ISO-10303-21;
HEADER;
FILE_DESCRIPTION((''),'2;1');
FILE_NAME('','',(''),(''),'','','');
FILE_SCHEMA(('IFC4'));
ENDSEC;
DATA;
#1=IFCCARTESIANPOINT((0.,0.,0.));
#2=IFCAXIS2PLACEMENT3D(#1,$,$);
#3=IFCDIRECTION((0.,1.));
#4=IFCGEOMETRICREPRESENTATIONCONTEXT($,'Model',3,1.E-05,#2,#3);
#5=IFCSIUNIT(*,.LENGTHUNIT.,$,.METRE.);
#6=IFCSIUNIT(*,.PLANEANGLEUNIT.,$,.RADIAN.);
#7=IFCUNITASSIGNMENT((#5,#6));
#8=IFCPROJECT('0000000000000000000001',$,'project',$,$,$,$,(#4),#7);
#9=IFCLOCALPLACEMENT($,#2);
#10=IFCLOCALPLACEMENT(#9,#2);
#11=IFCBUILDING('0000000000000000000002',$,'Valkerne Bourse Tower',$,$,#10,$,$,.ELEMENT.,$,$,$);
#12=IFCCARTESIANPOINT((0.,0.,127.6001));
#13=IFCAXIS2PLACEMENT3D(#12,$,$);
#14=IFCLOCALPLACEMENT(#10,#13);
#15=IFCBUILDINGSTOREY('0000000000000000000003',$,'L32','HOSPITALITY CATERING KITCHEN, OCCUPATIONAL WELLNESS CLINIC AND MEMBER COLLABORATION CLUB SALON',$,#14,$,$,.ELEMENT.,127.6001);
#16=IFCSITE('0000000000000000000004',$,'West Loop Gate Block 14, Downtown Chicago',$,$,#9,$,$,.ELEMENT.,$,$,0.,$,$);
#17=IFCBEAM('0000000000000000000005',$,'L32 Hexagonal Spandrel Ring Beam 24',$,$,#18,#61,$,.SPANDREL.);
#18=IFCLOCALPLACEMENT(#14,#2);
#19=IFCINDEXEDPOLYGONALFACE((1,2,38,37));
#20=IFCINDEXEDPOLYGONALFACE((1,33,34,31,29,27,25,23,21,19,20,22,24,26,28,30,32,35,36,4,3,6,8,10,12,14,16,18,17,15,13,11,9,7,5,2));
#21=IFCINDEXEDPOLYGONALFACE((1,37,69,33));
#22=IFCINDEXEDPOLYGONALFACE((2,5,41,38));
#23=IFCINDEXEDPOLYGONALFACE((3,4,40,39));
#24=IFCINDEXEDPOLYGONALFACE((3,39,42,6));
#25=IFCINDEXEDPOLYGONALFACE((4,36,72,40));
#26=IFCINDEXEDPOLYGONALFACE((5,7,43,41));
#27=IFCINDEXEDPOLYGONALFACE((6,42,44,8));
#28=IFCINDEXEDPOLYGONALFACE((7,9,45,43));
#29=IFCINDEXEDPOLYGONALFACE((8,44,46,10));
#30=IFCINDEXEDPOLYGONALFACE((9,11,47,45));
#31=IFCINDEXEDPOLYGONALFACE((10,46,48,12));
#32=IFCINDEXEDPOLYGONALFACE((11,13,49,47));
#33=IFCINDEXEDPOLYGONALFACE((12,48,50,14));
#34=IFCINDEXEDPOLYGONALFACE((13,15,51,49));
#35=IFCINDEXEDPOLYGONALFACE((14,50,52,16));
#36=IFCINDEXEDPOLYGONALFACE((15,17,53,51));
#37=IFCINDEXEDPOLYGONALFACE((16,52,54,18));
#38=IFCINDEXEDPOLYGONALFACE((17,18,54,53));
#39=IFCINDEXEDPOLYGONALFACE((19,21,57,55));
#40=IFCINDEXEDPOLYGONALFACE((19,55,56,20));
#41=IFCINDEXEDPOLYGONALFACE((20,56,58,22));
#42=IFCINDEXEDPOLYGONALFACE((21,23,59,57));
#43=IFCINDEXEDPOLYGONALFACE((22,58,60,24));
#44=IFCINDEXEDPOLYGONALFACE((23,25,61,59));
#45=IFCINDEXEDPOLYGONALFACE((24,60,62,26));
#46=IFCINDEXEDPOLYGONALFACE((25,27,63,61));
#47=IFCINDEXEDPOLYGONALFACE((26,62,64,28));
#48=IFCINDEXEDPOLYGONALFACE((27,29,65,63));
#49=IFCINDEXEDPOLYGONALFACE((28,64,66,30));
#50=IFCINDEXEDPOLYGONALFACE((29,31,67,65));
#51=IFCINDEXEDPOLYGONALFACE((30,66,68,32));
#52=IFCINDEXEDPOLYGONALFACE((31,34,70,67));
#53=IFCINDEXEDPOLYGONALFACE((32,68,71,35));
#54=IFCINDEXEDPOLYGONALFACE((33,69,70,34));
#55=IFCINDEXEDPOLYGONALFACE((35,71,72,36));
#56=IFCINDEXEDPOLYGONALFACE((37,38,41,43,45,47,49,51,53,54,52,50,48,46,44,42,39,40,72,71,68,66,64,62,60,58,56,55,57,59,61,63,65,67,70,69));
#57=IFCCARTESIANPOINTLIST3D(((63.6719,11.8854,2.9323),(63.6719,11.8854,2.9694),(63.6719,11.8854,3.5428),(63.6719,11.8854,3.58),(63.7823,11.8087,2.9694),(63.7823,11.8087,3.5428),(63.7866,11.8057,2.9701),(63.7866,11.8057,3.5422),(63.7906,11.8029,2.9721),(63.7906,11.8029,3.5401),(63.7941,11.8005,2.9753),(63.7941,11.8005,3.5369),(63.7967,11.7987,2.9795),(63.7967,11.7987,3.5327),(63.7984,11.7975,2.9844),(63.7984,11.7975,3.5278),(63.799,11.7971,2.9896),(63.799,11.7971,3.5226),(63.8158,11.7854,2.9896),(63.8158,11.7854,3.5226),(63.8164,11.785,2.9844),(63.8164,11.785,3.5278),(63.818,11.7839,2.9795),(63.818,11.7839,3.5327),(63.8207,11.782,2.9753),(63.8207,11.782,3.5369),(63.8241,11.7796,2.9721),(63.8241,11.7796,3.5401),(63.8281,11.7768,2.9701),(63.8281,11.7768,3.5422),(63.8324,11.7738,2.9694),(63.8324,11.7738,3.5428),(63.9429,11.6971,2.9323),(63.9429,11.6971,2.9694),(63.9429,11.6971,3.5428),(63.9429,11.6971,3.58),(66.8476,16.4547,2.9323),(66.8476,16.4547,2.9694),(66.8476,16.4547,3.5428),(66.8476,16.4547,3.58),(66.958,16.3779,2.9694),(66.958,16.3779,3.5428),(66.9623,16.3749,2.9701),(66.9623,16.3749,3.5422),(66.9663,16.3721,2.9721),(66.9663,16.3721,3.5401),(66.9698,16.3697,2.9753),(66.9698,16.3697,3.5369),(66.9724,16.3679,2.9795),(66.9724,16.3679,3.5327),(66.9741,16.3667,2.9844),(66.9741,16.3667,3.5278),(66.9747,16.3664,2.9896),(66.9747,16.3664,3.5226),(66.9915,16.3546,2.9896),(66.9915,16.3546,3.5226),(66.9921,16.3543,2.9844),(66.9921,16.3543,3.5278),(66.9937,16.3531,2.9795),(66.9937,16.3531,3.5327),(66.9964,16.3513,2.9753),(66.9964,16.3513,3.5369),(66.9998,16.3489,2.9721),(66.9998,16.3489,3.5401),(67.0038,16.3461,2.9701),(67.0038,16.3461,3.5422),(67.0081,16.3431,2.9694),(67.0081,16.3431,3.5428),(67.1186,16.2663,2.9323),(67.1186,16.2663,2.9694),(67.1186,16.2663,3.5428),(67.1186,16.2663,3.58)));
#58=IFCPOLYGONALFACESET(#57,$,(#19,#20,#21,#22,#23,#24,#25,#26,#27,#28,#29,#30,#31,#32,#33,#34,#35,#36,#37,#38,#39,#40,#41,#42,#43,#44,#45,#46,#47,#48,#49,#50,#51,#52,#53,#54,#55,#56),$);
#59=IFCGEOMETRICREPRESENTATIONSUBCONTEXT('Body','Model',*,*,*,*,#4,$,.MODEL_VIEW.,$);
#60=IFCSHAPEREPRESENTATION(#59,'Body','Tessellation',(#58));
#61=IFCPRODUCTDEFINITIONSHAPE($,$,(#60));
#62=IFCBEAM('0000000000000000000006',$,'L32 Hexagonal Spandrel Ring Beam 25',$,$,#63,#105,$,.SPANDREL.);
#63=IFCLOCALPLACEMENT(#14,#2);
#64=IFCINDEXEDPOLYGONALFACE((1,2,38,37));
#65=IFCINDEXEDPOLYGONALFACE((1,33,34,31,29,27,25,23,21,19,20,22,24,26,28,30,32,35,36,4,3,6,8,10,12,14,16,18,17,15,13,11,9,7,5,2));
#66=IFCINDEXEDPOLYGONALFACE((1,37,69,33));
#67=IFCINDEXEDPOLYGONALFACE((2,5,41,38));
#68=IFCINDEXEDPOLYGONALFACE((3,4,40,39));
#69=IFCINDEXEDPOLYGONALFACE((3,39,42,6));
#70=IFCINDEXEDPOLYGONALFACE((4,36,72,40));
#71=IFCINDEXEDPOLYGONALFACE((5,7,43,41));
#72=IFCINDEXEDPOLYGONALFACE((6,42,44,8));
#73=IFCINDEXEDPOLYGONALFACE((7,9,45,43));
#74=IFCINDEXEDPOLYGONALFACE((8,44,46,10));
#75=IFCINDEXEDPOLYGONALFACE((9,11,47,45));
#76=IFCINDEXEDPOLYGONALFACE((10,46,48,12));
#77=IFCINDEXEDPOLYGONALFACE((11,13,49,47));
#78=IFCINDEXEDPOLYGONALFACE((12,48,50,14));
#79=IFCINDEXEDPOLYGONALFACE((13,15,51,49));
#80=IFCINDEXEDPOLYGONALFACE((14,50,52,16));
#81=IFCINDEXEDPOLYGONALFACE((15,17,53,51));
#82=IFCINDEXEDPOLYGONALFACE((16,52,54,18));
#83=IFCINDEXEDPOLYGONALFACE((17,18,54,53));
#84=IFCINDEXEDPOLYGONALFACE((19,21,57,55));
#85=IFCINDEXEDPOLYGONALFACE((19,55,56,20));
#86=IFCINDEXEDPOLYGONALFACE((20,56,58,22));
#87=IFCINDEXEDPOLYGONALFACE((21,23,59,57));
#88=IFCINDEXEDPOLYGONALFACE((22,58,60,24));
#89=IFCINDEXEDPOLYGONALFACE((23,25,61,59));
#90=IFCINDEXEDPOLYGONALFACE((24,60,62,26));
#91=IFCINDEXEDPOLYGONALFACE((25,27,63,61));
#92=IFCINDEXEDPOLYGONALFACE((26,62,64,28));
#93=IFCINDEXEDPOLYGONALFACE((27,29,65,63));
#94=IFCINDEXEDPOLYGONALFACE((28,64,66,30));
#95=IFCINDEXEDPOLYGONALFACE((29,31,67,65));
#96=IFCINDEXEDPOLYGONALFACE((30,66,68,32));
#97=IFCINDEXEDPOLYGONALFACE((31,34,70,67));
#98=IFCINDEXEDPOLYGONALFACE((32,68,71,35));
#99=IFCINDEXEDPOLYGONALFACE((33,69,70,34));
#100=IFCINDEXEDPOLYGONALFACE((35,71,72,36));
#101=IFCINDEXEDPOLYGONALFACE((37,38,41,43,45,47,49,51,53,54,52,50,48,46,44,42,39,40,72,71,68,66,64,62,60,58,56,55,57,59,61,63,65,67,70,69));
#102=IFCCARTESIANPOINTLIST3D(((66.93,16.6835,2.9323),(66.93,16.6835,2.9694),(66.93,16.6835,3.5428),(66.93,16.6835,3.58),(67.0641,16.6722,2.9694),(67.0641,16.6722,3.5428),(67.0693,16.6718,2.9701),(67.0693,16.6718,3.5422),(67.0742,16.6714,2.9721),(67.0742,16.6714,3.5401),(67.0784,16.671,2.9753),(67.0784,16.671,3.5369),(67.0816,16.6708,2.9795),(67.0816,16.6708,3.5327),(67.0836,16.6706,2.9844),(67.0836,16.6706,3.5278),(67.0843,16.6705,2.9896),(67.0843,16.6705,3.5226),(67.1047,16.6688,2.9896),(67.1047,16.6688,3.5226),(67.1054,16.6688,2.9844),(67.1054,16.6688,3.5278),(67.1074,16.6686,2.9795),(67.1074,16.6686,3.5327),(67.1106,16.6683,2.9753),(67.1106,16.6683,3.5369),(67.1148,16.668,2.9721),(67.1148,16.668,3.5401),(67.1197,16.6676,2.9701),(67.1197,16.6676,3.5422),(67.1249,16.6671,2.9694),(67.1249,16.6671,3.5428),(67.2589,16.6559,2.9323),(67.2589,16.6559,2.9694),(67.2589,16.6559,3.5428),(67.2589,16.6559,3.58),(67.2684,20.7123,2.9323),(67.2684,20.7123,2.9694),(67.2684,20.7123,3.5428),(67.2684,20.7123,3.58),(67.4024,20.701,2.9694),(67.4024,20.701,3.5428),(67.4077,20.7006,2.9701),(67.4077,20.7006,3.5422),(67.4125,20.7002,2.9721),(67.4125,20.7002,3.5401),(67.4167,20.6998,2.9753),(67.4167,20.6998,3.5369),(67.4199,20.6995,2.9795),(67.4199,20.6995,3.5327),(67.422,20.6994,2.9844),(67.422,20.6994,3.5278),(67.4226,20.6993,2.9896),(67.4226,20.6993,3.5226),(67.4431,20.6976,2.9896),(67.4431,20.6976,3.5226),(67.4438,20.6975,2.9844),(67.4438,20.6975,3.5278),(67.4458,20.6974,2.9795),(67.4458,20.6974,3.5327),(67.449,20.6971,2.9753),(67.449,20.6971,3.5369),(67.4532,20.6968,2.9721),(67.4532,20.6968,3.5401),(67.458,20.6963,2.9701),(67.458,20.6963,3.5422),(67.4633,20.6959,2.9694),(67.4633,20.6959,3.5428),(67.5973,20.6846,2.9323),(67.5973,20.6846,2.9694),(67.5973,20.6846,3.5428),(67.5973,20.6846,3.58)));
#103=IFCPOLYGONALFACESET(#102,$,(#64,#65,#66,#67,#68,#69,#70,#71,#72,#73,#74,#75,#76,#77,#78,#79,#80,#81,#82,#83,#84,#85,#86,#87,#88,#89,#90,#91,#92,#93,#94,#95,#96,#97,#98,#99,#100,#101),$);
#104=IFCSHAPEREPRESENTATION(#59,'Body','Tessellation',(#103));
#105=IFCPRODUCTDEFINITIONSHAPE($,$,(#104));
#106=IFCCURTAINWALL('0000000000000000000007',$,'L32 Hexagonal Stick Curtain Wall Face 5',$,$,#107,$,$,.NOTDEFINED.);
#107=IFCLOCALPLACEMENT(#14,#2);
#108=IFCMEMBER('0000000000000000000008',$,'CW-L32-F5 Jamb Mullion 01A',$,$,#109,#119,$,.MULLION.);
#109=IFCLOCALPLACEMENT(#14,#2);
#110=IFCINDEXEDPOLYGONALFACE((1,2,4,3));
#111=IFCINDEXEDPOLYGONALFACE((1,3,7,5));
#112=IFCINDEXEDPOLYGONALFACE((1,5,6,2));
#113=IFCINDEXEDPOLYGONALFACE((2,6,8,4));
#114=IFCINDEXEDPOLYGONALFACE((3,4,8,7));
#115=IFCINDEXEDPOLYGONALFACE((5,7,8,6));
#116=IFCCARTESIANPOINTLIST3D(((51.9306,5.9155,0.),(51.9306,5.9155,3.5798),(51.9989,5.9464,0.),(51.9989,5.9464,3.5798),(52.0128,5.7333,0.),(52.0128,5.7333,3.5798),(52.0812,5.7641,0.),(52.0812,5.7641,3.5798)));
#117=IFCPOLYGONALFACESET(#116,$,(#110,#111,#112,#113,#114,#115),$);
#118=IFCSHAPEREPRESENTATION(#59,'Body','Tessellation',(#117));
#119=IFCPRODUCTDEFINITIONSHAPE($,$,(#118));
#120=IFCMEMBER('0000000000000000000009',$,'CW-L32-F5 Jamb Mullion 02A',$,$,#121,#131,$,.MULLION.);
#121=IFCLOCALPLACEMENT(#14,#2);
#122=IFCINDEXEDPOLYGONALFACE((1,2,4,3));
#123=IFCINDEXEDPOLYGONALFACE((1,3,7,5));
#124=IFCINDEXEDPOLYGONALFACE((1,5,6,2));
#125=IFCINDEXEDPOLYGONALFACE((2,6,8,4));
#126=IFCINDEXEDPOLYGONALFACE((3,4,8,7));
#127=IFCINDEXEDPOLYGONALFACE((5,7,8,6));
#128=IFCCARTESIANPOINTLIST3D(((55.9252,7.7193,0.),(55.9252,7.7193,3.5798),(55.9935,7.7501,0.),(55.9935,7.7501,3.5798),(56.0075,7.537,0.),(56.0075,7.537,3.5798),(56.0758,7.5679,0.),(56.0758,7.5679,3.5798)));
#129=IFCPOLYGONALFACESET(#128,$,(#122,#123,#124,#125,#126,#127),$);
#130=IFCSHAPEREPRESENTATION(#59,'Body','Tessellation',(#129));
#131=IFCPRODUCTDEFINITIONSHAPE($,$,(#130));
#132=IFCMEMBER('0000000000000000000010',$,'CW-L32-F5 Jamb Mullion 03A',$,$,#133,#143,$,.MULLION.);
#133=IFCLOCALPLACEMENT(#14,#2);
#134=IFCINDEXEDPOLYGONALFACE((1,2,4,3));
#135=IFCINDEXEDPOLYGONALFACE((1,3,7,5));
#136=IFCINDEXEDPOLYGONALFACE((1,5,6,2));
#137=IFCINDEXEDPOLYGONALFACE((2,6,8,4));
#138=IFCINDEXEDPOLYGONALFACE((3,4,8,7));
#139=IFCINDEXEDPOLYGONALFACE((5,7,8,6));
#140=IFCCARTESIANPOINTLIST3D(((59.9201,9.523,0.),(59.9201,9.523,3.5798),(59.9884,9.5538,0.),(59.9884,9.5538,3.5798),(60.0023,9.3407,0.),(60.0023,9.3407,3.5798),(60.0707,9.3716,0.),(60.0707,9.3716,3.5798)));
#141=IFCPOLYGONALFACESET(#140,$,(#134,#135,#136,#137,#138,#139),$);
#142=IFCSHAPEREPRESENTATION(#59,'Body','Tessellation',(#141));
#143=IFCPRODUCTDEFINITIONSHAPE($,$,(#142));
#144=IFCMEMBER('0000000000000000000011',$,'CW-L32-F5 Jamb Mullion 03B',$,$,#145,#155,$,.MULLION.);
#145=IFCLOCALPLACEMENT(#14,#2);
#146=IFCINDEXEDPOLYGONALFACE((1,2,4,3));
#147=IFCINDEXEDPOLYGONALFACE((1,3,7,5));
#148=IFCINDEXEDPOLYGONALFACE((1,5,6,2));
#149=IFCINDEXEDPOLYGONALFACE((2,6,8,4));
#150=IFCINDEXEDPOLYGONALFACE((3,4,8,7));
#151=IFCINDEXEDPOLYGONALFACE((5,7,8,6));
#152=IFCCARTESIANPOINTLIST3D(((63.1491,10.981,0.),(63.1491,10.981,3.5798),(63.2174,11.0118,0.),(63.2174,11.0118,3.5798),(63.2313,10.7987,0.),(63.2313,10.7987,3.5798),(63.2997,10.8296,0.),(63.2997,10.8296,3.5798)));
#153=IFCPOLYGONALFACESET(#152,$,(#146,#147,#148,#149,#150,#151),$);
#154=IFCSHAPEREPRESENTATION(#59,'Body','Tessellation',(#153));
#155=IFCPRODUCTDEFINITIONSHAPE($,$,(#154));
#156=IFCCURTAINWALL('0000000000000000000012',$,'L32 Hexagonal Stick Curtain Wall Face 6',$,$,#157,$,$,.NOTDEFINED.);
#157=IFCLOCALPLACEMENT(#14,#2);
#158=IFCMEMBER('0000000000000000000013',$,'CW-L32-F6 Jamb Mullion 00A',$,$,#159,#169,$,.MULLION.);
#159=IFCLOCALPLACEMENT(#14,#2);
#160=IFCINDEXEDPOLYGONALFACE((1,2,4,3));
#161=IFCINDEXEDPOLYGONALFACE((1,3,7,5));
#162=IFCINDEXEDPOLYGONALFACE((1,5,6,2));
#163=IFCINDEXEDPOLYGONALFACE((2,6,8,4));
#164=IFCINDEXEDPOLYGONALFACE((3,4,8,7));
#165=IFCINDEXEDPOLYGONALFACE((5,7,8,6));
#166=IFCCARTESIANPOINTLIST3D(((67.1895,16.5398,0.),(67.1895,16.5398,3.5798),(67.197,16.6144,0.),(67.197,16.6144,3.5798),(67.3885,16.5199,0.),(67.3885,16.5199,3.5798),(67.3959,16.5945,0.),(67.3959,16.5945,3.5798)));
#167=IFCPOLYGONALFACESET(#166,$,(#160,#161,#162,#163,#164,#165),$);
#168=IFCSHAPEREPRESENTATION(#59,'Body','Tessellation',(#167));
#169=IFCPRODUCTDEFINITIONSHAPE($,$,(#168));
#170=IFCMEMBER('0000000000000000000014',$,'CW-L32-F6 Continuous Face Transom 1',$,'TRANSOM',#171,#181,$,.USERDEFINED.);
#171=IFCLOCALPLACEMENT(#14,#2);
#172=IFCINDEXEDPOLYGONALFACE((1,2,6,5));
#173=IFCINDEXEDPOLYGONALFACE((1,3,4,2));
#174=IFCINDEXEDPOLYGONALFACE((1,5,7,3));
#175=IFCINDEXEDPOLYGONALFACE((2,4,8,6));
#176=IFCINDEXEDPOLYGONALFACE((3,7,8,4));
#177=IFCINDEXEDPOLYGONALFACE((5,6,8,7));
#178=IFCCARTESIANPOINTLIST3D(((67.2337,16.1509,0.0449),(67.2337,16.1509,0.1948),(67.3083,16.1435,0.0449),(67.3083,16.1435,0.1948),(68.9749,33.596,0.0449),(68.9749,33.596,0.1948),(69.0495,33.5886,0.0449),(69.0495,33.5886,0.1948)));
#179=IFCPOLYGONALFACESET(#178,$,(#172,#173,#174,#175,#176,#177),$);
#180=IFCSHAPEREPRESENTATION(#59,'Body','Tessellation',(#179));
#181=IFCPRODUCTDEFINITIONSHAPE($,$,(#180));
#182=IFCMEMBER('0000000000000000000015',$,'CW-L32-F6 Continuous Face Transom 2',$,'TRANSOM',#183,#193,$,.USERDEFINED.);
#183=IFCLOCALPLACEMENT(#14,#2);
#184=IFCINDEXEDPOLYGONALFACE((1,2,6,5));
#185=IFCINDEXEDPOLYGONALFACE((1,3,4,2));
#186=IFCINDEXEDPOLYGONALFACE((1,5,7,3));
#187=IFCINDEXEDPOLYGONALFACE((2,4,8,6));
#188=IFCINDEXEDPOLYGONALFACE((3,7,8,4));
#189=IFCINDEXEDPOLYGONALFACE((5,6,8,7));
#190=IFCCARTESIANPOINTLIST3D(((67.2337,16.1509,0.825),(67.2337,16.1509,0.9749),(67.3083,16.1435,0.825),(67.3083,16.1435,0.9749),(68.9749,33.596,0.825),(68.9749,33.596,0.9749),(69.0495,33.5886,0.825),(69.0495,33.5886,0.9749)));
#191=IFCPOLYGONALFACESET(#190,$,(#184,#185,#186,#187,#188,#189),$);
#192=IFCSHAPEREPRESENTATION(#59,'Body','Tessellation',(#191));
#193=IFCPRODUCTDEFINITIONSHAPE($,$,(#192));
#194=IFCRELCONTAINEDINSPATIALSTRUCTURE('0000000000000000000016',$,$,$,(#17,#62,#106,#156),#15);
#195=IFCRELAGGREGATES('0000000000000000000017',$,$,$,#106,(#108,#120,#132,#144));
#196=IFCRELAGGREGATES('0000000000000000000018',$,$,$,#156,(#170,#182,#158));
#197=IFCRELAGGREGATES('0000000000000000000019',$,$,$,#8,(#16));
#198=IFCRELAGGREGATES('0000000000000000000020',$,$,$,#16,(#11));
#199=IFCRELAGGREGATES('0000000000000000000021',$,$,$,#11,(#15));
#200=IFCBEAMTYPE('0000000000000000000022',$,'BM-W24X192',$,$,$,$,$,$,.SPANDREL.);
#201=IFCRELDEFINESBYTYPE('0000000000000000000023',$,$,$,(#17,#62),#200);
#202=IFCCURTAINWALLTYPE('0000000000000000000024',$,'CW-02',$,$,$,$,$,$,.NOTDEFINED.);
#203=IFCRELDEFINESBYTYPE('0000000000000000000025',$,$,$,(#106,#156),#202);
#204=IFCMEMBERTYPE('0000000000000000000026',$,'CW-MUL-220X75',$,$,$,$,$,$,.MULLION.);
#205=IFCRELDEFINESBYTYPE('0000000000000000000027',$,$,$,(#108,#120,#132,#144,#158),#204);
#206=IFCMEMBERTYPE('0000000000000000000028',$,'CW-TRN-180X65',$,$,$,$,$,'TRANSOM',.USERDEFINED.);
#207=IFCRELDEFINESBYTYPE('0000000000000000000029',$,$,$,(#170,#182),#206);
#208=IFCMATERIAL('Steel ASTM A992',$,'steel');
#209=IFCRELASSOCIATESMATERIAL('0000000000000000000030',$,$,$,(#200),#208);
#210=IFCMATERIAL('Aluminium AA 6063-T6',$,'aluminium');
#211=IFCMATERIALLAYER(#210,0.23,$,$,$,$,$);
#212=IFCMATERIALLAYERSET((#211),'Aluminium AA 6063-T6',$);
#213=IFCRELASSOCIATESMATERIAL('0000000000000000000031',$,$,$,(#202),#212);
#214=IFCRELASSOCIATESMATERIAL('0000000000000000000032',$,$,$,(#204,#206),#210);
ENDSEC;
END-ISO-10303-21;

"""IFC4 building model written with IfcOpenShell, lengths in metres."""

from ifc_helpers import new_model, si_unit, direction, frame, origin, origin_2d, place, context, subcontext, project, spatial, rectangle, i_section, extrude, material, layer, layer_set, material_profile, profile_set, type_object, element, aggregate, save


model = new_model("IFC4")

# Units and contexts
model_context = context("Model", 3, precision=1e-05, world=origin(), true_north=direction((0.0, 1.0)))
body_context = subcontext(model_context, "Body", "Model", "MODEL_VIEW")
ifc_project = project(units=[si_unit("LENGTHUNIT", "METRE"), si_unit("PLANEANGLEUNIT", "RADIAN")], contexts=[model_context])

# Site, building, storey
site_placement = place(None, origin())
site = spatial("IfcSite", under=ifc_project, at=site_placement, Name="West Loop Gate Block 14, Downtown Chicago", CompositionType="ELEMENT", RefElevation=0.0)
building_placement = place(site_placement, origin())
building = spatial("IfcBuilding", under=site, at=building_placement, Name="Valkerne Bourse Tower", CompositionType="ELEMENT")
storey_placement = place(building_placement, frame((0.0, 0.0, 127.6001)))
storey = spatial("IfcBuildingStorey", under=building, at=storey_placement, Name="L32", Description="HOSPITALITY CATERING KITCHEN, OCCUPATIONAL WELLNESS CLINIC AND MEMBER COLLABORATION CLUB SALON", CompositionType="ELEMENT", Elevation=127.6001)

# Beams
ifc_material_1 = material(Name="Steel ASTM A992", Category="steel")
ifc_material_profile_1 = material_profile(ifc_material_1, i_section(OverallWidth=0.3301, OverallDepth=0.6477, WebThickness=0.0205, FlangeThickness=0.0371, FilletRadius=0.0203, at=origin_2d()), Name="W24X192")
ifc_profile_set_1 = profile_set([ifc_material_profile_1], Name="Steel ASTM A992")
beam_type = type_object("IfcBeamType", Name="BM-W24X192", PredefinedType="SPANDREL", material=ifc_profile_set_1)
beam_1_placement = place(storey_placement, frame((63.8074, 11.7913, 3.2561), z_axis=(0.570715, 0.821148, 0.0), x_axis=(-0.821148, 0.570715, 0.0)))
element("IfcBeam", 1, at=beam_1_placement, inside=storey, type_object=beam_type, Name="L32 Hexagonal Spandrel Ring Beam 24", PredefinedType="SPANDREL", context=body_context, shape_type="SweptSolid", body=[
    extrude(i_section(OverallWidth=0.3301, OverallDepth=0.6477, WebThickness=0.0205, FlangeThickness=0.0371, FilletRadius=0.0203, at=origin_2d()), origin(), (0.0, 0.0, 1.0), 5.5645),
])
beam_2_placement = place(storey_placement, frame((67.0945, 16.6697, 3.2561), z_axis=(0.083695, 0.996491, 0.0), x_axis=(-0.996491, 0.083695, 0.0)))
element("IfcBeam", 2, at=beam_2_placement, inside=storey, type_object=beam_type, Name="L32 Hexagonal Spandrel Ring Beam 25", PredefinedType="SPANDREL", context=body_context, shape_type="SweptSolid", body=[
    extrude(i_section(OverallWidth=0.3301, OverallDepth=0.6477, WebThickness=0.0205, FlangeThickness=0.0371, FilletRadius=0.0203, at=origin_2d()), origin(), (0.0, 0.0, 1.0), 4.043),
])

# Curtain walls, members
ifc_material_2 = material(Name="Aluminium AA 6063-T6", Category="aluminium")
ifc_layer_1 = layer(ifc_material_2, 0.23)
ifc_layer_set_1 = layer_set([ifc_layer_1], Name="Aluminium AA 6063-T6")
curtain_wall_type = type_object("IfcCurtainWallType", Name="CW-02", PredefinedType="NOTDEFINED", material=ifc_layer_set_1)
curtain_wall_1_placement = place(storey_placement, origin())
curtain_wall_1 = element("IfcCurtainWall", 3, at=curtain_wall_1_placement, inside=storey, type_object=curtain_wall_type, Name="L32 Hexagonal Stick Curtain Wall Face 5", PredefinedType="NOTDEFINED")
ifc_material_profile_2 = material_profile(ifc_material_2, rectangle(XDim=0.075, YDim=0.2, at=origin_2d()), Name="CWM-75X200")
ifc_profile_set_2 = profile_set([ifc_material_profile_2], Name="Aluminium AA 6063-T6")
member_type_1 = type_object("IfcMemberType", Name="CW-MUL-220X75", PredefinedType="MULLION", material=ifc_profile_set_2)
member_1_placement = place(storey_placement, frame((52.0059, 5.8398, 0.0), z_axis=(0.0, 0.0, 1.0), x_axis=(0.911401, 0.411519, 0.0)))
member_1 = element("IfcMember", 4, at=member_1_placement, type_object=member_type_1, Name="CW-L32-F5 Jamb Mullion 01A", PredefinedType="MULLION", context=body_context, shape_type="SweptSolid", body=[
    extrude(rectangle(XDim=0.075, YDim=0.2, at=origin_2d()), origin(), (0.0, 0.0, 1.0), 3.5798),
])
member_2_placement = place(storey_placement, frame((56.0005, 7.6436, 0.0), z_axis=(0.0, 0.0, 1.0), x_axis=(0.911401, 0.411519, 0.0)))
member_2 = element("IfcMember", 5, at=member_2_placement, type_object=member_type_1, Name="CW-L32-F5 Jamb Mullion 02A", PredefinedType="MULLION", context=body_context, shape_type="SweptSolid", body=[
    extrude(rectangle(XDim=0.075, YDim=0.2, at=origin_2d()), origin(), (0.0, 0.0, 1.0), 3.5798),
])
member_3_placement = place(storey_placement, frame((59.9954, 9.4473, 0.0), z_axis=(0.0, 0.0, 1.0), x_axis=(0.91141, 0.4115, 0.0)))
member_3 = element("IfcMember", 6, at=member_3_placement, type_object=member_type_1, Name="CW-L32-F5 Jamb Mullion 03A", PredefinedType="MULLION", context=body_context, shape_type="SweptSolid", body=[
    extrude(rectangle(XDim=0.075, YDim=0.2, at=origin_2d()), origin(), (0.0, 0.0, 1.0), 3.5798),
])
member_4_placement = place(storey_placement, frame((63.2244, 10.9053, 0.0), z_axis=(0.0, 0.0, 1.0), x_axis=(0.91141, 0.4115, 0.0)))
member_4 = element("IfcMember", 7, at=member_4_placement, type_object=member_type_1, Name="CW-L32-F5 Jamb Mullion 03B", PredefinedType="MULLION", context=body_context, shape_type="SweptSolid", body=[
    extrude(rectangle(XDim=0.075, YDim=0.2, at=origin_2d()), origin(), (0.0, 0.0, 1.0), 3.5798),
])
curtain_wall_2_placement = place(storey_placement, origin())
curtain_wall_2 = element("IfcCurtainWall", 8, at=curtain_wall_2_placement, inside=storey, type_object=curtain_wall_type, Name="L32 Hexagonal Stick Curtain Wall Face 6", PredefinedType="NOTDEFINED")
member_5_placement = place(storey_placement, frame((67.2927, 16.5671, 0.0), z_axis=(0.0, 0.0, 1.0), x_axis=(0.099316, 0.995056, 0.0)))
member_5 = element("IfcMember", 9, at=member_5_placement, type_object=member_type_1, Name="CW-L32-F6 Jamb Mullion 00A", PredefinedType="MULLION", context=body_context, shape_type="SweptSolid", body=[
    extrude(rectangle(XDim=0.075, YDim=0.2, at=origin_2d()), origin(), (0.0, 0.0, 1.0), 3.5798),
])
ifc_material_profile_3 = material_profile(ifc_material_2, rectangle(XDim=0.075, YDim=0.1499, at=origin_2d()), Name="CWT-75X150")
ifc_profile_set_3 = profile_set([ifc_material_profile_3], Name="Aluminium AA 6063-T6")
member_type_2 = type_object("IfcMemberType", Name="CW-TRN-180X65", ElementType="TRANSOM", PredefinedType="USERDEFINED", material=ifc_profile_set_3)
member_6_placement = place(storey_placement, frame((67.271, 16.1472, 0.1199), z_axis=(0.099318, 0.995056, 0.0), x_axis=(-0.995056, 0.099318, 0.0)))
member_6 = element("IfcMember", 10, at=member_6_placement, type_object=member_type_2, Name="CW-L32-F6 Continuous Face Transom 1", ObjectType="TRANSOM", PredefinedType="USERDEFINED", context=body_context, shape_type="SweptSolid", body=[
    extrude(rectangle(XDim=0.075, YDim=0.1499, at=origin_2d()), origin(), (0.0, 0.0, 1.0), 17.5317),
])
member_7_placement = place(storey_placement, frame((67.271, 16.1472, 0.8999), z_axis=(0.099318, 0.995056, 0.0), x_axis=(-0.995056, 0.099318, 0.0)))
member_7 = element("IfcMember", 11, at=member_7_placement, type_object=member_type_2, Name="CW-L32-F6 Continuous Face Transom 2", ObjectType="TRANSOM", PredefinedType="USERDEFINED", context=body_context, shape_type="SweptSolid", body=[
    extrude(rectangle(XDim=0.075, YDim=0.1499, at=origin_2d()), origin(), (0.0, 0.0, 1.0), 17.5317),
])

aggregate(curtain_wall_1, [member_1, member_2, member_3, member_4])
aggregate(curtain_wall_2, [member_6, member_7, member_5])

save(model, "model.ifc")
